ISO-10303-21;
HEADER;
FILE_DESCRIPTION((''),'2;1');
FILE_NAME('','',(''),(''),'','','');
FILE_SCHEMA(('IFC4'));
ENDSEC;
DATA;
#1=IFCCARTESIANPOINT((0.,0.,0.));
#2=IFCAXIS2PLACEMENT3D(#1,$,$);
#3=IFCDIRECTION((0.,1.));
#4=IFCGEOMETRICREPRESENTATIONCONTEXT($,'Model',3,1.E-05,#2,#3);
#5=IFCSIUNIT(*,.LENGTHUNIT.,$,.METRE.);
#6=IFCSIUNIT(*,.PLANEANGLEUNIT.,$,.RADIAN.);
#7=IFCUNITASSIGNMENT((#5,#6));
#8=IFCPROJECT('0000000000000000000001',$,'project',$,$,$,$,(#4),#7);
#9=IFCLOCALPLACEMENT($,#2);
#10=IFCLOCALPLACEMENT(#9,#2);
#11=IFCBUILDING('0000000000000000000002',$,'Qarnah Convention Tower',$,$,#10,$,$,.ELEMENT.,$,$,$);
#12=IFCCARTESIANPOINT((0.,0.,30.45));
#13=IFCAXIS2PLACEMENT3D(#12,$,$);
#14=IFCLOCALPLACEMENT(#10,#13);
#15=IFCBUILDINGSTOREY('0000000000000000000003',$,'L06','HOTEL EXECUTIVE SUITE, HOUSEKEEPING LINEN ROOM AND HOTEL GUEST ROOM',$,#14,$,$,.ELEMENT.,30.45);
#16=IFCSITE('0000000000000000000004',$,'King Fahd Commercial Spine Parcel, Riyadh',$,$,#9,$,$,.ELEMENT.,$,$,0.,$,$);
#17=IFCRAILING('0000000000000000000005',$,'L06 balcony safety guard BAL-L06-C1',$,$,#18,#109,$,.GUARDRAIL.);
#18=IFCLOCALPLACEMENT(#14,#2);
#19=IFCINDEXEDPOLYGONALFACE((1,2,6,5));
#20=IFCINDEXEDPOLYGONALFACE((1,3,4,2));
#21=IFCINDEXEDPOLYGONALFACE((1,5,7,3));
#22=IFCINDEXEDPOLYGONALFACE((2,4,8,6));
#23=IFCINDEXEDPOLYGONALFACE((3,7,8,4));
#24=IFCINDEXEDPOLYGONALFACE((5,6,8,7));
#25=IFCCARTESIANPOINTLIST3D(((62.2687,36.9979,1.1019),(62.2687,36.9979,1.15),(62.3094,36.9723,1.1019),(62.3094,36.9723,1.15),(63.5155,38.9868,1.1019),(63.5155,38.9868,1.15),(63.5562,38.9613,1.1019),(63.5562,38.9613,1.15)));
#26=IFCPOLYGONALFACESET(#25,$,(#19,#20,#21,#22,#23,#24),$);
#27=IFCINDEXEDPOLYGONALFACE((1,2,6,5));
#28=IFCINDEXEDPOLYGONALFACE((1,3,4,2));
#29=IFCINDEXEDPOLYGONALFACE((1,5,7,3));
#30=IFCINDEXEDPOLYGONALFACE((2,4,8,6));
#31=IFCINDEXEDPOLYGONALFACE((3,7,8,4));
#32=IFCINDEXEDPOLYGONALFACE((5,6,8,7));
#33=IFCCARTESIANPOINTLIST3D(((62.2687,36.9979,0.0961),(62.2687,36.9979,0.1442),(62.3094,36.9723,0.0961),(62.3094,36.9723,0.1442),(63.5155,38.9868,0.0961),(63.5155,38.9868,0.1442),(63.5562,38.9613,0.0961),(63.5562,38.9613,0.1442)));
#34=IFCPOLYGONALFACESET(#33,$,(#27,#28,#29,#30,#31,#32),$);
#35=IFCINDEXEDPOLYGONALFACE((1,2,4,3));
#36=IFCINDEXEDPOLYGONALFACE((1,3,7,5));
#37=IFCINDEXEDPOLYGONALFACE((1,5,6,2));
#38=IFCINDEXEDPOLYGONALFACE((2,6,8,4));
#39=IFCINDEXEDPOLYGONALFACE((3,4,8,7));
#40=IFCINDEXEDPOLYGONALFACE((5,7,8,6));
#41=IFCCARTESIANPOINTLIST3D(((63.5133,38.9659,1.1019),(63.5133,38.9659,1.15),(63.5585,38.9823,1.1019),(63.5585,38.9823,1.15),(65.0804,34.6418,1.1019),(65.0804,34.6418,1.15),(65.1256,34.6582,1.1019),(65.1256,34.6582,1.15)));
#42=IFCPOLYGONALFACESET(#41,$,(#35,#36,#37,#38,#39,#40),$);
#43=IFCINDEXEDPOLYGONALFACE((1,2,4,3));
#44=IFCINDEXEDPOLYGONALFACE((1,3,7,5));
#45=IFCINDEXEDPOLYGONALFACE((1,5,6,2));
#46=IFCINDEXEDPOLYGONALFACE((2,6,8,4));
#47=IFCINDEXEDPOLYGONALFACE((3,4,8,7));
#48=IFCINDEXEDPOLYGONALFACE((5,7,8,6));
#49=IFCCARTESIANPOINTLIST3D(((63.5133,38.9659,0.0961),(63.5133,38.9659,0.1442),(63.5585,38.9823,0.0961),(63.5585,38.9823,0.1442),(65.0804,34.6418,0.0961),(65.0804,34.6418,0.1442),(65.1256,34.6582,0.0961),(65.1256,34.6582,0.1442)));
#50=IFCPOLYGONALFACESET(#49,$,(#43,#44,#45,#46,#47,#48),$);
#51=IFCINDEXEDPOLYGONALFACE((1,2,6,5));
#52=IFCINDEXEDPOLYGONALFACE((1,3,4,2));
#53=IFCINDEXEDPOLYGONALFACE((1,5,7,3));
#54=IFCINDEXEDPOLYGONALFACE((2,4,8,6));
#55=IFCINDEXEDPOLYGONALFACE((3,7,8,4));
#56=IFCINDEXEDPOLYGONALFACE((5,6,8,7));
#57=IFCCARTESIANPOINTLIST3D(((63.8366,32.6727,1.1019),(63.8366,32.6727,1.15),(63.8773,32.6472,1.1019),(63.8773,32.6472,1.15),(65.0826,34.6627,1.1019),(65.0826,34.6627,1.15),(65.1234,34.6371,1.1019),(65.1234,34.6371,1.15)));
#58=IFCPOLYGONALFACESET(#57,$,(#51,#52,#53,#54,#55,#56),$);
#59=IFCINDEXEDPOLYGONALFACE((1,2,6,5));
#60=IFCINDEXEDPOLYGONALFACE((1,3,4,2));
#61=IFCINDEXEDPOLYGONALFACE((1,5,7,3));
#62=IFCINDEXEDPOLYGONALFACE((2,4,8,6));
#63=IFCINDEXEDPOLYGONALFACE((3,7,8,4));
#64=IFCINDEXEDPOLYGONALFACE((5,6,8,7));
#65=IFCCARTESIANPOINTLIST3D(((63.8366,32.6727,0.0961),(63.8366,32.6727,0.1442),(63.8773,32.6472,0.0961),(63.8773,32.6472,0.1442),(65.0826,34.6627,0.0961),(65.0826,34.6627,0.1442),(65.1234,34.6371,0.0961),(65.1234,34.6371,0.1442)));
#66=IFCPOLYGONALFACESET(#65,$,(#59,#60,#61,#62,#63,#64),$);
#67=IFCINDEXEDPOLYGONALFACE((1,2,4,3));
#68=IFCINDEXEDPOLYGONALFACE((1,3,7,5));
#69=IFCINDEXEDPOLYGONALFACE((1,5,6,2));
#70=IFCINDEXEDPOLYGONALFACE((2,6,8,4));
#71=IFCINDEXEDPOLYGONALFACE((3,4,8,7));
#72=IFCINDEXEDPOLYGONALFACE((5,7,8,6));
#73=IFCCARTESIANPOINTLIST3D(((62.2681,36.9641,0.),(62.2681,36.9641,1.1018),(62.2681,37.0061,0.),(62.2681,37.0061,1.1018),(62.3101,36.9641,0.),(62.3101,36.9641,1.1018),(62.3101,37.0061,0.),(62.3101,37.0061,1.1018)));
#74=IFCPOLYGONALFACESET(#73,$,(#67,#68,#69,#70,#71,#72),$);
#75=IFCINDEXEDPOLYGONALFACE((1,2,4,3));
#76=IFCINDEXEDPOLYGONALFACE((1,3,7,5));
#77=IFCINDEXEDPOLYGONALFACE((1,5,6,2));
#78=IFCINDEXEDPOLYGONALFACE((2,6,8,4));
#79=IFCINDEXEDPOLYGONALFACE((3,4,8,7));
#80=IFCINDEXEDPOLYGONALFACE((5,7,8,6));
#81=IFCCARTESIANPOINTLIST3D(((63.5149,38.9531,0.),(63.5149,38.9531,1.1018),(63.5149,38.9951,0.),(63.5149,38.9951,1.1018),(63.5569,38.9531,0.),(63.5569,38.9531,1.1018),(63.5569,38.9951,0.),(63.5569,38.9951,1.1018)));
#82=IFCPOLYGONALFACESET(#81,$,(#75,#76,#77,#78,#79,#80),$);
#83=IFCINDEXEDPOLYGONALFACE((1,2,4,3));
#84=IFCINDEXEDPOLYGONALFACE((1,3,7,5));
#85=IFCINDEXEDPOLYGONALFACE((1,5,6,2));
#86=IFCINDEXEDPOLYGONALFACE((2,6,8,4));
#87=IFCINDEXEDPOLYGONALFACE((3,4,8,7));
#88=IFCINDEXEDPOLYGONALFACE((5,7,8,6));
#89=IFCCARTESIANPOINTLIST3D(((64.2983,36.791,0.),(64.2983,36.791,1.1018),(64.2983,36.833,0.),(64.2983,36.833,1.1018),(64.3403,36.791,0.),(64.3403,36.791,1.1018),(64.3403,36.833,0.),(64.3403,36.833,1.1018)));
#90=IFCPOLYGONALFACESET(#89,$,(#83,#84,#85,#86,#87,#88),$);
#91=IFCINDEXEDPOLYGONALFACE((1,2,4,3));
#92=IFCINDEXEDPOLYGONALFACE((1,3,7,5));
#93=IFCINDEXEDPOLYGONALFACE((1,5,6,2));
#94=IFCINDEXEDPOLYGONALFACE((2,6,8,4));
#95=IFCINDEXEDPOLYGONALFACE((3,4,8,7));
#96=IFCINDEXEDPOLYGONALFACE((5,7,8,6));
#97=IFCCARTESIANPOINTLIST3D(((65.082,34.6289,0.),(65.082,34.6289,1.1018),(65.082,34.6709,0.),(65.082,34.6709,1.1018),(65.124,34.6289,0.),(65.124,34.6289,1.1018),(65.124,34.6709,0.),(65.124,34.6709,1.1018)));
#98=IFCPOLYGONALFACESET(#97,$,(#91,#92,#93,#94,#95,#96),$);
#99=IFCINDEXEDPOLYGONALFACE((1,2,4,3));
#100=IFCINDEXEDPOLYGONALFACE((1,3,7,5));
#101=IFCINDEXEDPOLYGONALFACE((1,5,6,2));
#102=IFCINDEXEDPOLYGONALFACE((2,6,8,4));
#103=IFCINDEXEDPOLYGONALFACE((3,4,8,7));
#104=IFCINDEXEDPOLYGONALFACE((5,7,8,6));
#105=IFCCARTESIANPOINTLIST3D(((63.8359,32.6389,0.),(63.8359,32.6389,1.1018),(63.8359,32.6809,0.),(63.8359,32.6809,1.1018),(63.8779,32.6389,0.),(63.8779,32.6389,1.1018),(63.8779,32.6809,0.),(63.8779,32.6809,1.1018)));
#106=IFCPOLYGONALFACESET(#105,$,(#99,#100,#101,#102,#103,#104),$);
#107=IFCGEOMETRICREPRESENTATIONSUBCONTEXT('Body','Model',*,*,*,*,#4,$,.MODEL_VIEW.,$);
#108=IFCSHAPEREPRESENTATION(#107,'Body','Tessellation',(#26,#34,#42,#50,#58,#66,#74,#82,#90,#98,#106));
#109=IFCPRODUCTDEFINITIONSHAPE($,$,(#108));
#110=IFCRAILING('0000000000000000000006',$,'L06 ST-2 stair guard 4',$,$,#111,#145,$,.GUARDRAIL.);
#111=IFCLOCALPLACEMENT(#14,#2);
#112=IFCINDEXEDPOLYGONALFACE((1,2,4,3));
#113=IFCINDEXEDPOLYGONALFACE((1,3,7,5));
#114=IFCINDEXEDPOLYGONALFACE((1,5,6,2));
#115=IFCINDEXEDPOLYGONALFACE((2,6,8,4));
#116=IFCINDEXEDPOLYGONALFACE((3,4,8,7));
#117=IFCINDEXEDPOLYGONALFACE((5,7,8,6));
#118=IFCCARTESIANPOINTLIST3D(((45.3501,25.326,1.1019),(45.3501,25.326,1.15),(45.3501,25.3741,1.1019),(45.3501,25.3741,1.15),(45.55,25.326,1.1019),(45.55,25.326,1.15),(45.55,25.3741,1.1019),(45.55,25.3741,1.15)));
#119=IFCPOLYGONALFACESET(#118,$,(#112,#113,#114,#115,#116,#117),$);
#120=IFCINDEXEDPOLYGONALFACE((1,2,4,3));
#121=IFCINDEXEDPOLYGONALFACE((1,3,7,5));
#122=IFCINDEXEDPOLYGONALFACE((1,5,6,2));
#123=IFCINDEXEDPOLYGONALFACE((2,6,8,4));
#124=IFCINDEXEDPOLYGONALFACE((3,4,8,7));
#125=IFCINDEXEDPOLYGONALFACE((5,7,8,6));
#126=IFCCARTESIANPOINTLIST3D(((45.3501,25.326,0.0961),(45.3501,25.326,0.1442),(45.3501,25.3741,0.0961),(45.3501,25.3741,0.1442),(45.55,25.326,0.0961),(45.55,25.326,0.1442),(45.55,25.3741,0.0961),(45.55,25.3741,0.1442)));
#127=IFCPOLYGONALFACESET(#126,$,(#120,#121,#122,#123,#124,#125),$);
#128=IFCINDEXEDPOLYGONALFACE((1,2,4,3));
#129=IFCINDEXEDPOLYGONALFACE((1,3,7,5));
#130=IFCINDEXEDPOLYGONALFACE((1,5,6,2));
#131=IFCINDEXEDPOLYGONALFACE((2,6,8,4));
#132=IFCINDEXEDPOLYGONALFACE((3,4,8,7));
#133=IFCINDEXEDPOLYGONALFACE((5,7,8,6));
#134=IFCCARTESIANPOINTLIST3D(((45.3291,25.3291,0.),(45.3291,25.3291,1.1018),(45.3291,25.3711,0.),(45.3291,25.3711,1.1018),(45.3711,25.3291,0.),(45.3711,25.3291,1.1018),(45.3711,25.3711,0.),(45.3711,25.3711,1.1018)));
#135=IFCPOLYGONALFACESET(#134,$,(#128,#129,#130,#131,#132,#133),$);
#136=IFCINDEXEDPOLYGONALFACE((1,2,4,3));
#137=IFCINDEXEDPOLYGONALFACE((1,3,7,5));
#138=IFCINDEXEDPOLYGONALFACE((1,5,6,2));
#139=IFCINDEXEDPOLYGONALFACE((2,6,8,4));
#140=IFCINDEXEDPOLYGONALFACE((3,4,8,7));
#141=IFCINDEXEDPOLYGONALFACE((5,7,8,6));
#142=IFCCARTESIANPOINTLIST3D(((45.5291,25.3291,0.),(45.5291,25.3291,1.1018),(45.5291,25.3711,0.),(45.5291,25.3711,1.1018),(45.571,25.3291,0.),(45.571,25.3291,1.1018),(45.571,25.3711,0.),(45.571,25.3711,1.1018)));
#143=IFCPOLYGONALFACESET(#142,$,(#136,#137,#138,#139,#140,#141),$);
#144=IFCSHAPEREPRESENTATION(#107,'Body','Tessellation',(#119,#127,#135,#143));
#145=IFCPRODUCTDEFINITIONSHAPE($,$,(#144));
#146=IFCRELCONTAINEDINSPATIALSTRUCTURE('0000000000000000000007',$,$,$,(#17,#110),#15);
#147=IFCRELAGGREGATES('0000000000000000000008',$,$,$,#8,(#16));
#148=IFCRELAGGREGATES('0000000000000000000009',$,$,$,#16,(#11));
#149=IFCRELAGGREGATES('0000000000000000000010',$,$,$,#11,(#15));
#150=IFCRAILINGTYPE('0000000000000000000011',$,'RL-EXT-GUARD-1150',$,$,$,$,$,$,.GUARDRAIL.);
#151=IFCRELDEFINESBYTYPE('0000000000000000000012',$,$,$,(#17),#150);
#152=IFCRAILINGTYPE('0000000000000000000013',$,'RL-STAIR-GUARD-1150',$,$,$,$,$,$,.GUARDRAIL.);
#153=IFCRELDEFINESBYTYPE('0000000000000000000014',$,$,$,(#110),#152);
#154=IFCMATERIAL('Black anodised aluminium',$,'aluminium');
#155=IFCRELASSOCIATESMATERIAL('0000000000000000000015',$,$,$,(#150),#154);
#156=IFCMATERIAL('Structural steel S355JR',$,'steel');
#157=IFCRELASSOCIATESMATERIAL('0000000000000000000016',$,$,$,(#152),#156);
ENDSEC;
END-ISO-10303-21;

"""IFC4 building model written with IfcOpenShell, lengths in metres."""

from ifc_helpers import new_model, si_unit, direction, frame, origin, origin_2d, place, context, subcontext, project, spatial, rectangle, extrude, material, type_object, element, save


model = new_model("IFC4")

# Units and contexts
model_context = context("Model", 3, precision=1e-05, world=origin(), true_north=direction((0.0, 1.0)))
body_context = subcontext(model_context, "Body", "Model", "MODEL_VIEW")
ifc_project = project(units=[si_unit("LENGTHUNIT", "METRE"), si_unit("PLANEANGLEUNIT", "RADIAN")], contexts=[model_context])

# Site, building, storey
site_placement = place(None, origin())
site = spatial("IfcSite", under=ifc_project, at=site_placement, Name="King Fahd Commercial Spine Parcel, Riyadh", CompositionType="ELEMENT", RefElevation=0.0)
building_placement = place(site_placement, origin())
building = spatial("IfcBuilding", under=site, at=building_placement, Name="Qarnah Convention Tower", CompositionType="ELEMENT")
storey_placement = place(building_placement, frame((0.0, 0.0, 30.45)))
storey = spatial("IfcBuildingStorey", under=building, at=storey_placement, Name="L06", Description="HOTEL EXECUTIVE SUITE, HOUSEKEEPING LINEN ROOM AND HOTEL GUEST ROOM", CompositionType="ELEMENT", Elevation=30.45)

# Shared definitions
ifc_material_1 = material(Name="Structural steel S355JR", Category="steel")

# Shared definitions
ifc_material_2 = material(Name="Black anodised aluminium", Category="aluminium")

# Railings
railing_type_1 = type_object("IfcRailingType", Name="RL-EXT-GUARD-1150", PredefinedType="GUARDRAIL", material=ifc_material_2)
railing_1_placement = place(storey_placement, frame((62.2891, 36.9851, 0.0)))
element("IfcRailing", 1, at=railing_1_placement, inside=storey, type_object=railing_type_1, Name="L06 balcony safety guard BAL-L06-C1", PredefinedType="GUARDRAIL", context=body_context, shape_type="SweptSolid", body=[
    extrude(rectangle(XDim=0.0481, YDim=0.0481, at=origin_2d()), frame((0.0, 0.0, 1.126), z_axis=(0.53113, 0.847291, 0.0), x_axis=(-0.847291, 0.53113, 0.0)), (0.0, 0.0, 1.0), 2.3474),
    extrude(rectangle(XDim=0.0481, YDim=0.0481, at=origin_2d()), frame((0.0, 0.0, 0.1201), z_axis=(0.53113, 0.847291, 0.0), x_axis=(-0.847291, 0.53113, 0.0)), (0.0, 0.0, 1.0), 2.3474),
    extrude(rectangle(XDim=0.0481, YDim=0.0481, at=origin_2d()), frame((1.2468, 1.989, 1.126), z_axis=(0.340724, -0.940163, 0.0), x_axis=(0.940163, 0.340724, 0.0)), (0.0, 0.0, 1.0), 4.5994),
    extrude(rectangle(XDim=0.0481, YDim=0.0481, at=origin_2d()), frame((1.2468, 1.989, 0.1201), z_axis=(0.340724, -0.940163, 0.0), x_axis=(0.940163, 0.340724, 0.0)), (0.0, 0.0, 1.0), 4.5994),
    extrude(rectangle(XDim=0.0481, YDim=0.0481, at=origin_2d()), frame((2.814, -2.3352, 1.126), z_axis=(-0.530718, -0.847548, 0.0), x_axis=(0.847548, -0.530718, 0.0)), (0.0, 0.0, 1.0), 2.3479),
    extrude(rectangle(XDim=0.0481, YDim=0.0481, at=origin_2d()), frame((2.814, -2.3352, 0.1201), z_axis=(-0.530718, -0.847548, 0.0), x_axis=(0.847548, -0.530718, 0.0)), (0.0, 0.0, 1.0), 2.3479),
    extrude(rectangle(XDim=0.042, YDim=0.042, at=origin_2d()), origin(), (0.0, 0.0, 1.0), 1.1018),
    extrude(rectangle(XDim=0.042, YDim=0.042, at=origin_2d()), frame((1.2468, 1.989, 0.0)), (0.0, 0.0, 1.0), 1.1018),
    extrude(rectangle(XDim=0.042, YDim=0.042, at=origin_2d()), frame((2.0303, -0.1731, 0.0)), (0.0, 0.0, 1.0), 1.1018),
    extrude(rectangle(XDim=0.042, YDim=0.042, at=origin_2d()), frame((2.814, -2.3352, 0.0)), (0.0, 0.0, 1.0), 1.1018),
    extrude(rectangle(XDim=0.042, YDim=0.042, at=origin_2d()), frame((1.5679, -4.3252, 0.0)), (0.0, 0.0, 1.0), 1.1018),
])
railing_type_2 = type_object("IfcRailingType", Name="RL-STAIR-GUARD-1150", PredefinedType="GUARDRAIL", material=ifc_material_1)
railing_2_placement = place(storey_placement, frame((45.3501, 25.3501, 0.0)))
element("IfcRailing", 2, at=railing_2_placement, inside=storey, type_object=railing_type_2, Name="L06 ST-2 stair guard 4", PredefinedType="GUARDRAIL", context=body_context, shape_type="SweptSolid", body=[
    extrude(rectangle(XDim=0.0481, YDim=0.0481, at=origin_2d()), frame((0.0, 0.0, 1.126), z_axis=(1.0, 0.0, 0.0), x_axis=(0.0, 1.0, 0.0)), (0.0, 0.0, 1.0), 0.2),
    extrude(rectangle(XDim=0.0481, YDim=0.0481, at=origin_2d()), frame((0.0, 0.0, 0.1201), z_axis=(1.0, 0.0, 0.0), x_axis=(0.0, 1.0, 0.0)), (0.0, 0.0, 1.0), 0.2),
    extrude(rectangle(XDim=0.042, YDim=0.042, at=origin_2d()), origin(), (0.0, 0.0, 1.0), 1.1018),
    extrude(rectangle(XDim=0.042, YDim=0.042, at=origin_2d()), frame((0.2, 0.0, 0.0)), (0.0, 0.0, 1.0), 1.1018),
])

save(model, "model.ifc")
